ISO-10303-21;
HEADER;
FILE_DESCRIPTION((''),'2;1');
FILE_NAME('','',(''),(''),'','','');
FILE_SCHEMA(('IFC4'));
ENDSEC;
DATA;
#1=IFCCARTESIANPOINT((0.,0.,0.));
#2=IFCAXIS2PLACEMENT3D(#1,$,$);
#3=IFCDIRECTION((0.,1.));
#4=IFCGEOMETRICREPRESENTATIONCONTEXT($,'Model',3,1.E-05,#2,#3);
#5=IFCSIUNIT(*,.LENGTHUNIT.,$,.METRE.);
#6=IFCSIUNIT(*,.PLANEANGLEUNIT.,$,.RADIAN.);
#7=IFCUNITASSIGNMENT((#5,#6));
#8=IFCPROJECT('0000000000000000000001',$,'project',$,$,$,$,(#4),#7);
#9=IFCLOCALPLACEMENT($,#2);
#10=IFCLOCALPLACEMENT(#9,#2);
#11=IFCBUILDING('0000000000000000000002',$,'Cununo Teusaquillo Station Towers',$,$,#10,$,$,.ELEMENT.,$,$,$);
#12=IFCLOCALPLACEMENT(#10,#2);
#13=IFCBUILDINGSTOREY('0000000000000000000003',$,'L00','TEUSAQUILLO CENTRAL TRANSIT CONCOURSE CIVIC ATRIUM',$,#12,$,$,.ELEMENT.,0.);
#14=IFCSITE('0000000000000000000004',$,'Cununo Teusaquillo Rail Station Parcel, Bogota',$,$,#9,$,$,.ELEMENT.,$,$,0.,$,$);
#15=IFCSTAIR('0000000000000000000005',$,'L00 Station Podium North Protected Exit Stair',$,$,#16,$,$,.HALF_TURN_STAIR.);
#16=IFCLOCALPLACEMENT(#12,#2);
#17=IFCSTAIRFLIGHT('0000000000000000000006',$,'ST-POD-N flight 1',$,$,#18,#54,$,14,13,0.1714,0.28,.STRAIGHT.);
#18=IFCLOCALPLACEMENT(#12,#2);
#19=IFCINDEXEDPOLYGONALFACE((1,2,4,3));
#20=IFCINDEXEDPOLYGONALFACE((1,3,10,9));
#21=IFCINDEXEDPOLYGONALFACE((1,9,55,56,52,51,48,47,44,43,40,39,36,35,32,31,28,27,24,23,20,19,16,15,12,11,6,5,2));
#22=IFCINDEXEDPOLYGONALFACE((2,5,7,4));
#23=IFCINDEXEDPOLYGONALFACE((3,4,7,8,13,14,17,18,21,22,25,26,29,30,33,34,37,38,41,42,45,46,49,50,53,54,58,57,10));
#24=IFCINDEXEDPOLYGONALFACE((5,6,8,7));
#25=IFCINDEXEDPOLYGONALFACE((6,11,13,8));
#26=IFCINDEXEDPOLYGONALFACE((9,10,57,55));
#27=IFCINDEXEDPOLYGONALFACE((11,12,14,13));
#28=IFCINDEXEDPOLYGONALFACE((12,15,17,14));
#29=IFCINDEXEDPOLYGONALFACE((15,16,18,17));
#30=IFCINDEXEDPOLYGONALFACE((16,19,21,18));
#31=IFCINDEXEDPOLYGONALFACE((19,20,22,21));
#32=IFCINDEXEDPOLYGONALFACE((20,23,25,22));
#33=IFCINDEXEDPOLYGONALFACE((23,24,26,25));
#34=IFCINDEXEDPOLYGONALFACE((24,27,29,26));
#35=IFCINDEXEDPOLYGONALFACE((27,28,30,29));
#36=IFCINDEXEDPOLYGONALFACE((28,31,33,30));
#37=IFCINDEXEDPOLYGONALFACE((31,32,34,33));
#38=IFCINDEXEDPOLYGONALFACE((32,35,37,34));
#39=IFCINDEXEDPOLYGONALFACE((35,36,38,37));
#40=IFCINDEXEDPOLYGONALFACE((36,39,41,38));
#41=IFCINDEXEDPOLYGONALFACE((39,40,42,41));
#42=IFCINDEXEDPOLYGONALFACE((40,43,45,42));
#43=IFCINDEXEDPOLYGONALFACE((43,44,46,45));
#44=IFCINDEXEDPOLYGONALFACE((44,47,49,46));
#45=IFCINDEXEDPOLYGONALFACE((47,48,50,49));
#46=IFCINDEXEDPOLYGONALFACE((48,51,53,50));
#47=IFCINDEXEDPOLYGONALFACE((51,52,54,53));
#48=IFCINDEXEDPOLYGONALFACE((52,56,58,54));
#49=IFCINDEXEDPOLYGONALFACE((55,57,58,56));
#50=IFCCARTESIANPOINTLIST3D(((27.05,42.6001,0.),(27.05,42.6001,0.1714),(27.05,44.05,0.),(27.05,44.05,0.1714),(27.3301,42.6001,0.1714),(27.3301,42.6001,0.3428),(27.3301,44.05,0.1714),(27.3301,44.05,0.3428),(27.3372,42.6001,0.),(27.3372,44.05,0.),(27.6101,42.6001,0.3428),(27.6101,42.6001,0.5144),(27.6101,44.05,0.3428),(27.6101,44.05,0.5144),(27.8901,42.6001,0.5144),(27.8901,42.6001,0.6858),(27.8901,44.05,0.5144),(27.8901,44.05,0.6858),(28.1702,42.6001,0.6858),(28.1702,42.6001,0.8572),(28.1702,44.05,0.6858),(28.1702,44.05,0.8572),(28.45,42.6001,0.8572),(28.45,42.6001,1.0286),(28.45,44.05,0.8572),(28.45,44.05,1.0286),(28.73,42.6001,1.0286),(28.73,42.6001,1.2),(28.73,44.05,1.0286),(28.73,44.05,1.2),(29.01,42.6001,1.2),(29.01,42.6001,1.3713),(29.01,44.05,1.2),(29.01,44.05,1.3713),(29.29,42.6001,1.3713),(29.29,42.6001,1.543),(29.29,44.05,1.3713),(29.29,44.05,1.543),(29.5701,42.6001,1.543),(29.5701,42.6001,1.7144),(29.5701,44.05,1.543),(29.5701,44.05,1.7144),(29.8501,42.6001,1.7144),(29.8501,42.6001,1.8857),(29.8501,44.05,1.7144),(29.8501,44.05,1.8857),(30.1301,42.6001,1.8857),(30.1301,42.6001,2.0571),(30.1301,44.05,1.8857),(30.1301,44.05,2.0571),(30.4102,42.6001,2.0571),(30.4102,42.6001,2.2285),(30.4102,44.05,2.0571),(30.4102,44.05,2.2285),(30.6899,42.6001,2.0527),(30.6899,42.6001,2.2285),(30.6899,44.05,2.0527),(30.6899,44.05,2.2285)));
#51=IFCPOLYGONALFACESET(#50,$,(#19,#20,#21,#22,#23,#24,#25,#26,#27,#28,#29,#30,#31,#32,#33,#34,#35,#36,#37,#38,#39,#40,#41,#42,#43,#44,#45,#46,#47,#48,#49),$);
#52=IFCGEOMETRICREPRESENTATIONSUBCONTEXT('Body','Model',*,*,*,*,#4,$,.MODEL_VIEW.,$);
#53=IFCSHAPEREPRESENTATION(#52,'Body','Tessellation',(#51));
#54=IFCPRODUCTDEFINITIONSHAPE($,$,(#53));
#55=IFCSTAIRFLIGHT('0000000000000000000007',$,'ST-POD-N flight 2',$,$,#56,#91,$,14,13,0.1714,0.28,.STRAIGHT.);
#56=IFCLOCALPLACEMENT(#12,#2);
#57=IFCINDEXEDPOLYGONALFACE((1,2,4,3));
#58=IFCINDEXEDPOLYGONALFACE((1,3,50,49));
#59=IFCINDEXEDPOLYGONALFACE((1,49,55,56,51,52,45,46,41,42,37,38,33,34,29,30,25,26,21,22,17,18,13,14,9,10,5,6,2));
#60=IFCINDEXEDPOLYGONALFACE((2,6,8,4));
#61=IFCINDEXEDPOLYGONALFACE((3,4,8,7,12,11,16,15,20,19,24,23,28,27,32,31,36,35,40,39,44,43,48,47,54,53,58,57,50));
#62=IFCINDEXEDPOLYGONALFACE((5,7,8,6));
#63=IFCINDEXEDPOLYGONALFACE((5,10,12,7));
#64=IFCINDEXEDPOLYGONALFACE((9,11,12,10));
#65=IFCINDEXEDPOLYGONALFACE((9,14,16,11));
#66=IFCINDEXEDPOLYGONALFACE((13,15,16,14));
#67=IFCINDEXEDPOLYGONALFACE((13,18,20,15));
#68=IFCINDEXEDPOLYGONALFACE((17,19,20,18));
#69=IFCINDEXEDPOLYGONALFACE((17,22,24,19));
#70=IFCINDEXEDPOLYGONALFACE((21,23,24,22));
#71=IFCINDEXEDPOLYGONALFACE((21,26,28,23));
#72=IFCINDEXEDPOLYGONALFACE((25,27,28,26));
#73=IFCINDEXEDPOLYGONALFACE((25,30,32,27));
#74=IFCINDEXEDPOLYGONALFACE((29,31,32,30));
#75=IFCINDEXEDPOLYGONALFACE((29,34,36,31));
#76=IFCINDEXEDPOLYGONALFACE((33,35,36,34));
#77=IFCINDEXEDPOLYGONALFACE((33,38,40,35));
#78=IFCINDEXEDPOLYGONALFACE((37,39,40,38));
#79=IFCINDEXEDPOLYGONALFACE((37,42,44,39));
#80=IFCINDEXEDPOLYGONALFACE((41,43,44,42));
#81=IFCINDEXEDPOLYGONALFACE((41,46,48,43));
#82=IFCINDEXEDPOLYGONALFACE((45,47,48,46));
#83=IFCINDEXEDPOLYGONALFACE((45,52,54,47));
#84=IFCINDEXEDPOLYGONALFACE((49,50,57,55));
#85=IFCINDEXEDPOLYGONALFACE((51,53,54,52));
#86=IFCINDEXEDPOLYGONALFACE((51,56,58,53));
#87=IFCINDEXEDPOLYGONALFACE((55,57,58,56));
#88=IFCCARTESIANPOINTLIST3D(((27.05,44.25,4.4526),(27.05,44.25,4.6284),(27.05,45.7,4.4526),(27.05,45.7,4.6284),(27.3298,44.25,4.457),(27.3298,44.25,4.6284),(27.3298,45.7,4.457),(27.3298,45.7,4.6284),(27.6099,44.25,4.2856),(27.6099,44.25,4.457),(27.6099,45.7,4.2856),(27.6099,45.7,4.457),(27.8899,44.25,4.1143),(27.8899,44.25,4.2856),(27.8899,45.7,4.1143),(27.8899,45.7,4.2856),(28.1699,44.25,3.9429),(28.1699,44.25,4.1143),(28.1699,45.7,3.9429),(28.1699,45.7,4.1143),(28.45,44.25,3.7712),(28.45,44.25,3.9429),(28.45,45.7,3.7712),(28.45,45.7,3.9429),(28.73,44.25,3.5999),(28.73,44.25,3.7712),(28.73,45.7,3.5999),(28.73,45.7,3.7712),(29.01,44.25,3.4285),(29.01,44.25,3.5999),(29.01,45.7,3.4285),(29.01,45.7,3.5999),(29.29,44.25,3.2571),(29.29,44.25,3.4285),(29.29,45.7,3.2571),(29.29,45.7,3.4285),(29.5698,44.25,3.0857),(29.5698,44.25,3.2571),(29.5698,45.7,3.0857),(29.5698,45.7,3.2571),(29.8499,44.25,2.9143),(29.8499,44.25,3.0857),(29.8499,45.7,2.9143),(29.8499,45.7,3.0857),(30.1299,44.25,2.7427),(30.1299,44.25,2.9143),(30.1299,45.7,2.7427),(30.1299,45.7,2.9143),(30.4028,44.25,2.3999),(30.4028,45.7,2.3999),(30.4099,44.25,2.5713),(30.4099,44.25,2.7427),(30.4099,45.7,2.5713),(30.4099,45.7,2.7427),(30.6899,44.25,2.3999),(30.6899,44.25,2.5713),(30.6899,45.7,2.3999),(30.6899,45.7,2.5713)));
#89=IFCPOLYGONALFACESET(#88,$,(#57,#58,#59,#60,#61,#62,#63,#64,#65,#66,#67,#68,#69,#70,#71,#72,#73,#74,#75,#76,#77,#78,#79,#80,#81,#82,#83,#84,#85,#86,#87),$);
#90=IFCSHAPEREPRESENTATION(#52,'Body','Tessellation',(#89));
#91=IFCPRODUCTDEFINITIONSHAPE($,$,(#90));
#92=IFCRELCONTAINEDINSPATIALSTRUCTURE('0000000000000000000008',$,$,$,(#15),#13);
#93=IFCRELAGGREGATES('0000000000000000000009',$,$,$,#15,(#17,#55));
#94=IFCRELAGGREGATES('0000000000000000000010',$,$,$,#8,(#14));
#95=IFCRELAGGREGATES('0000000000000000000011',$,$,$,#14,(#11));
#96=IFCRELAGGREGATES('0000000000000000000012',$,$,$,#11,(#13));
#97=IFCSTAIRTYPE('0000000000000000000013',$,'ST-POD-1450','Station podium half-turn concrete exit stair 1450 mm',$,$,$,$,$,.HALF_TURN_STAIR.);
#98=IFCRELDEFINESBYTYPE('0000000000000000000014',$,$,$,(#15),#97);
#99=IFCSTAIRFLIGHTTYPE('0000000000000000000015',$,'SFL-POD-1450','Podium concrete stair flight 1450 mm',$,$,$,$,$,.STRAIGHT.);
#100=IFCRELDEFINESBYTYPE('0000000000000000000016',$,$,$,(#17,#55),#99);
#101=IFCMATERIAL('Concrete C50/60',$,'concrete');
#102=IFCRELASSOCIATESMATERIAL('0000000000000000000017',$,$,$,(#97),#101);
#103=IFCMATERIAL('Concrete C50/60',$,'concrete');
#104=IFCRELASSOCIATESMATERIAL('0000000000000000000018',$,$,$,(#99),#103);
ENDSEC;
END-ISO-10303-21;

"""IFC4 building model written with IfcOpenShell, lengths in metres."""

from ifc_helpers import new_model, si_unit, direction, frame, origin, place, context, subcontext, project, spatial, polyline, outline, extrude, material, type_object, element, aggregate, save


model = new_model("IFC4")

# Units and contexts
model_context = context("Model", 3, precision=1e-05, world=origin(), true_north=direction((0.0, 1.0)))
body_context = subcontext(model_context, "Body", "Model", "MODEL_VIEW")
ifc_project = project(units=[si_unit("LENGTHUNIT", "METRE"), si_unit("PLANEANGLEUNIT", "RADIAN")], contexts=[model_context])

# Site, building, storey
site_placement = place(None, origin())
site = spatial("IfcSite", under=ifc_project, at=site_placement, Name="Cununo Teusaquillo Rail Station Parcel, Bogota", CompositionType="ELEMENT", RefElevation=0.0)
building_placement = place(site_placement, origin())
building = spatial("IfcBuilding", under=site, at=building_placement, Name="Cununo Teusaquillo Station Towers", CompositionType="ELEMENT")
storey_placement = place(building_placement, origin())
storey = spatial("IfcBuildingStorey", under=building, at=storey_placement, Name="L00", Description="TEUSAQUILLO CENTRAL TRANSIT CONCOURSE CIVIC ATRIUM", CompositionType="ELEMENT", Elevation=0.0)

# Stair, stair flights
ifc_material_1 = material(Name="Concrete C50/60", Category="concrete")
stair_type = type_object("IfcStairType", Name="ST-POD-1450", Description="Station podium half-turn concrete exit stair 1450 mm", PredefinedType="HALF_TURN_STAIR", material=ifc_material_1)
stair_placement = place(storey_placement, origin())
stair = element("IfcStair", 1, at=stair_placement, inside=storey, type_object=stair_type, Name="L00 Station Podium North Protected Exit Stair", PredefinedType="HALF_TURN_STAIR")
ifc_material_2 = material(Name="Concrete C50/60", Category="concrete")
stair_flight_type = type_object("IfcStairFlightType", Name="SFL-POD-1450", Description="Podium concrete stair flight 1450 mm", PredefinedType="STRAIGHT", material=ifc_material_2)
stair_flight_1_placement = place(storey_placement, frame((27.05, 43.325, 0.0), z_axis=(0.0, 0.0, 1.0), x_axis=(1.0, 0.0, 0.0)))
stair_flight_1 = element("IfcStairFlight", 2, at=stair_flight_1_placement, type_object=stair_flight_type, Name="ST-POD-N flight 1", NumberOfRisers=14, NumberOfTreads=13, PredefinedType="STRAIGHT", RiserHeight=0.1714, TreadLength=0.28, context=body_context, shape_type="SweptSolid", body=[
    extrude(outline(polyline([(0.0, 0.0), (0.0, 0.1714), (0.28, 0.1714), (0.28, 0.3428), (0.5601, 0.3428), (0.5601, 0.5144), (0.8401, 0.5144), (0.8401, 0.6858), (1.1201, 0.6858), (1.1201, 0.8572), (1.3999, 0.8572), (1.3999, 1.0286), (1.6799, 1.0286), (1.6799, 1.2), (1.96, 1.2), (1.96, 1.3713), (2.24, 1.3713), (2.24, 1.543), (2.52, 1.543), (2.52, 1.7144), (2.8, 1.7144), (2.8, 1.8857), (3.0801, 1.8857), (3.0801, 2.0571), (3.3601, 2.0571), (3.3601, 2.2285), (3.6399, 2.2285), (3.6399, 2.3999), (3.6399, 2.0527), (0.2871, 0.0), (0.0, 0.0)])), frame((0.0, 0.7251, 0.0), z_axis=(0.0, -1.0, 0.0), x_axis=(1.0, 0.0, 0.0)), (0.0, 0.0, 1.0), 1.45),
])
stair_flight_2_placement = place(storey_placement, frame((30.6899, 44.9751, 2.3999), z_axis=(0.0, 0.0, 1.0), x_axis=(-1.0, 0.0, 0.0)))
stair_flight_2 = element("IfcStairFlight", 3, at=stair_flight_2_placement, type_object=stair_flight_type, Name="ST-POD-N flight 2", NumberOfRisers=14, NumberOfTreads=13, PredefinedType="STRAIGHT", RiserHeight=0.1714, TreadLength=0.28, context=body_context, shape_type="SweptSolid", body=[
    extrude(outline(polyline([(0.0, 0.0), (0.0, 0.1714), (0.28, 0.1714), (0.28, 0.3428), (0.5601, 0.3428), (0.5601, 0.5144), (0.8401, 0.5144), (0.8401, 0.6858), (1.1201, 0.6858), (1.1201, 0.8572), (1.3999, 0.8572), (1.3999, 1.0286), (1.6799, 1.0286), (1.6799, 1.2), (1.96, 1.2), (1.96, 1.3713), (2.24, 1.3713), (2.24, 1.543), (2.52, 1.543), (2.52, 1.7144), (2.8, 1.7144), (2.8, 1.8857), (3.0801, 1.8857), (3.0801, 2.0571), (3.3601, 2.0571), (3.3601, 2.2285), (3.6399, 2.2285), (3.6399, 2.3999), (3.6399, 2.0527), (0.2871, 0.0), (0.0, 0.0)])), frame((0.0, 0.7251, 0.0), z_axis=(0.0, -1.0, 0.0), x_axis=(1.0, 0.0, 0.0)), (0.0, 0.0, 1.0), 1.45),
])
aggregate(stair, [stair_flight_1, stair_flight_2])

save(model, "model.ifc")
